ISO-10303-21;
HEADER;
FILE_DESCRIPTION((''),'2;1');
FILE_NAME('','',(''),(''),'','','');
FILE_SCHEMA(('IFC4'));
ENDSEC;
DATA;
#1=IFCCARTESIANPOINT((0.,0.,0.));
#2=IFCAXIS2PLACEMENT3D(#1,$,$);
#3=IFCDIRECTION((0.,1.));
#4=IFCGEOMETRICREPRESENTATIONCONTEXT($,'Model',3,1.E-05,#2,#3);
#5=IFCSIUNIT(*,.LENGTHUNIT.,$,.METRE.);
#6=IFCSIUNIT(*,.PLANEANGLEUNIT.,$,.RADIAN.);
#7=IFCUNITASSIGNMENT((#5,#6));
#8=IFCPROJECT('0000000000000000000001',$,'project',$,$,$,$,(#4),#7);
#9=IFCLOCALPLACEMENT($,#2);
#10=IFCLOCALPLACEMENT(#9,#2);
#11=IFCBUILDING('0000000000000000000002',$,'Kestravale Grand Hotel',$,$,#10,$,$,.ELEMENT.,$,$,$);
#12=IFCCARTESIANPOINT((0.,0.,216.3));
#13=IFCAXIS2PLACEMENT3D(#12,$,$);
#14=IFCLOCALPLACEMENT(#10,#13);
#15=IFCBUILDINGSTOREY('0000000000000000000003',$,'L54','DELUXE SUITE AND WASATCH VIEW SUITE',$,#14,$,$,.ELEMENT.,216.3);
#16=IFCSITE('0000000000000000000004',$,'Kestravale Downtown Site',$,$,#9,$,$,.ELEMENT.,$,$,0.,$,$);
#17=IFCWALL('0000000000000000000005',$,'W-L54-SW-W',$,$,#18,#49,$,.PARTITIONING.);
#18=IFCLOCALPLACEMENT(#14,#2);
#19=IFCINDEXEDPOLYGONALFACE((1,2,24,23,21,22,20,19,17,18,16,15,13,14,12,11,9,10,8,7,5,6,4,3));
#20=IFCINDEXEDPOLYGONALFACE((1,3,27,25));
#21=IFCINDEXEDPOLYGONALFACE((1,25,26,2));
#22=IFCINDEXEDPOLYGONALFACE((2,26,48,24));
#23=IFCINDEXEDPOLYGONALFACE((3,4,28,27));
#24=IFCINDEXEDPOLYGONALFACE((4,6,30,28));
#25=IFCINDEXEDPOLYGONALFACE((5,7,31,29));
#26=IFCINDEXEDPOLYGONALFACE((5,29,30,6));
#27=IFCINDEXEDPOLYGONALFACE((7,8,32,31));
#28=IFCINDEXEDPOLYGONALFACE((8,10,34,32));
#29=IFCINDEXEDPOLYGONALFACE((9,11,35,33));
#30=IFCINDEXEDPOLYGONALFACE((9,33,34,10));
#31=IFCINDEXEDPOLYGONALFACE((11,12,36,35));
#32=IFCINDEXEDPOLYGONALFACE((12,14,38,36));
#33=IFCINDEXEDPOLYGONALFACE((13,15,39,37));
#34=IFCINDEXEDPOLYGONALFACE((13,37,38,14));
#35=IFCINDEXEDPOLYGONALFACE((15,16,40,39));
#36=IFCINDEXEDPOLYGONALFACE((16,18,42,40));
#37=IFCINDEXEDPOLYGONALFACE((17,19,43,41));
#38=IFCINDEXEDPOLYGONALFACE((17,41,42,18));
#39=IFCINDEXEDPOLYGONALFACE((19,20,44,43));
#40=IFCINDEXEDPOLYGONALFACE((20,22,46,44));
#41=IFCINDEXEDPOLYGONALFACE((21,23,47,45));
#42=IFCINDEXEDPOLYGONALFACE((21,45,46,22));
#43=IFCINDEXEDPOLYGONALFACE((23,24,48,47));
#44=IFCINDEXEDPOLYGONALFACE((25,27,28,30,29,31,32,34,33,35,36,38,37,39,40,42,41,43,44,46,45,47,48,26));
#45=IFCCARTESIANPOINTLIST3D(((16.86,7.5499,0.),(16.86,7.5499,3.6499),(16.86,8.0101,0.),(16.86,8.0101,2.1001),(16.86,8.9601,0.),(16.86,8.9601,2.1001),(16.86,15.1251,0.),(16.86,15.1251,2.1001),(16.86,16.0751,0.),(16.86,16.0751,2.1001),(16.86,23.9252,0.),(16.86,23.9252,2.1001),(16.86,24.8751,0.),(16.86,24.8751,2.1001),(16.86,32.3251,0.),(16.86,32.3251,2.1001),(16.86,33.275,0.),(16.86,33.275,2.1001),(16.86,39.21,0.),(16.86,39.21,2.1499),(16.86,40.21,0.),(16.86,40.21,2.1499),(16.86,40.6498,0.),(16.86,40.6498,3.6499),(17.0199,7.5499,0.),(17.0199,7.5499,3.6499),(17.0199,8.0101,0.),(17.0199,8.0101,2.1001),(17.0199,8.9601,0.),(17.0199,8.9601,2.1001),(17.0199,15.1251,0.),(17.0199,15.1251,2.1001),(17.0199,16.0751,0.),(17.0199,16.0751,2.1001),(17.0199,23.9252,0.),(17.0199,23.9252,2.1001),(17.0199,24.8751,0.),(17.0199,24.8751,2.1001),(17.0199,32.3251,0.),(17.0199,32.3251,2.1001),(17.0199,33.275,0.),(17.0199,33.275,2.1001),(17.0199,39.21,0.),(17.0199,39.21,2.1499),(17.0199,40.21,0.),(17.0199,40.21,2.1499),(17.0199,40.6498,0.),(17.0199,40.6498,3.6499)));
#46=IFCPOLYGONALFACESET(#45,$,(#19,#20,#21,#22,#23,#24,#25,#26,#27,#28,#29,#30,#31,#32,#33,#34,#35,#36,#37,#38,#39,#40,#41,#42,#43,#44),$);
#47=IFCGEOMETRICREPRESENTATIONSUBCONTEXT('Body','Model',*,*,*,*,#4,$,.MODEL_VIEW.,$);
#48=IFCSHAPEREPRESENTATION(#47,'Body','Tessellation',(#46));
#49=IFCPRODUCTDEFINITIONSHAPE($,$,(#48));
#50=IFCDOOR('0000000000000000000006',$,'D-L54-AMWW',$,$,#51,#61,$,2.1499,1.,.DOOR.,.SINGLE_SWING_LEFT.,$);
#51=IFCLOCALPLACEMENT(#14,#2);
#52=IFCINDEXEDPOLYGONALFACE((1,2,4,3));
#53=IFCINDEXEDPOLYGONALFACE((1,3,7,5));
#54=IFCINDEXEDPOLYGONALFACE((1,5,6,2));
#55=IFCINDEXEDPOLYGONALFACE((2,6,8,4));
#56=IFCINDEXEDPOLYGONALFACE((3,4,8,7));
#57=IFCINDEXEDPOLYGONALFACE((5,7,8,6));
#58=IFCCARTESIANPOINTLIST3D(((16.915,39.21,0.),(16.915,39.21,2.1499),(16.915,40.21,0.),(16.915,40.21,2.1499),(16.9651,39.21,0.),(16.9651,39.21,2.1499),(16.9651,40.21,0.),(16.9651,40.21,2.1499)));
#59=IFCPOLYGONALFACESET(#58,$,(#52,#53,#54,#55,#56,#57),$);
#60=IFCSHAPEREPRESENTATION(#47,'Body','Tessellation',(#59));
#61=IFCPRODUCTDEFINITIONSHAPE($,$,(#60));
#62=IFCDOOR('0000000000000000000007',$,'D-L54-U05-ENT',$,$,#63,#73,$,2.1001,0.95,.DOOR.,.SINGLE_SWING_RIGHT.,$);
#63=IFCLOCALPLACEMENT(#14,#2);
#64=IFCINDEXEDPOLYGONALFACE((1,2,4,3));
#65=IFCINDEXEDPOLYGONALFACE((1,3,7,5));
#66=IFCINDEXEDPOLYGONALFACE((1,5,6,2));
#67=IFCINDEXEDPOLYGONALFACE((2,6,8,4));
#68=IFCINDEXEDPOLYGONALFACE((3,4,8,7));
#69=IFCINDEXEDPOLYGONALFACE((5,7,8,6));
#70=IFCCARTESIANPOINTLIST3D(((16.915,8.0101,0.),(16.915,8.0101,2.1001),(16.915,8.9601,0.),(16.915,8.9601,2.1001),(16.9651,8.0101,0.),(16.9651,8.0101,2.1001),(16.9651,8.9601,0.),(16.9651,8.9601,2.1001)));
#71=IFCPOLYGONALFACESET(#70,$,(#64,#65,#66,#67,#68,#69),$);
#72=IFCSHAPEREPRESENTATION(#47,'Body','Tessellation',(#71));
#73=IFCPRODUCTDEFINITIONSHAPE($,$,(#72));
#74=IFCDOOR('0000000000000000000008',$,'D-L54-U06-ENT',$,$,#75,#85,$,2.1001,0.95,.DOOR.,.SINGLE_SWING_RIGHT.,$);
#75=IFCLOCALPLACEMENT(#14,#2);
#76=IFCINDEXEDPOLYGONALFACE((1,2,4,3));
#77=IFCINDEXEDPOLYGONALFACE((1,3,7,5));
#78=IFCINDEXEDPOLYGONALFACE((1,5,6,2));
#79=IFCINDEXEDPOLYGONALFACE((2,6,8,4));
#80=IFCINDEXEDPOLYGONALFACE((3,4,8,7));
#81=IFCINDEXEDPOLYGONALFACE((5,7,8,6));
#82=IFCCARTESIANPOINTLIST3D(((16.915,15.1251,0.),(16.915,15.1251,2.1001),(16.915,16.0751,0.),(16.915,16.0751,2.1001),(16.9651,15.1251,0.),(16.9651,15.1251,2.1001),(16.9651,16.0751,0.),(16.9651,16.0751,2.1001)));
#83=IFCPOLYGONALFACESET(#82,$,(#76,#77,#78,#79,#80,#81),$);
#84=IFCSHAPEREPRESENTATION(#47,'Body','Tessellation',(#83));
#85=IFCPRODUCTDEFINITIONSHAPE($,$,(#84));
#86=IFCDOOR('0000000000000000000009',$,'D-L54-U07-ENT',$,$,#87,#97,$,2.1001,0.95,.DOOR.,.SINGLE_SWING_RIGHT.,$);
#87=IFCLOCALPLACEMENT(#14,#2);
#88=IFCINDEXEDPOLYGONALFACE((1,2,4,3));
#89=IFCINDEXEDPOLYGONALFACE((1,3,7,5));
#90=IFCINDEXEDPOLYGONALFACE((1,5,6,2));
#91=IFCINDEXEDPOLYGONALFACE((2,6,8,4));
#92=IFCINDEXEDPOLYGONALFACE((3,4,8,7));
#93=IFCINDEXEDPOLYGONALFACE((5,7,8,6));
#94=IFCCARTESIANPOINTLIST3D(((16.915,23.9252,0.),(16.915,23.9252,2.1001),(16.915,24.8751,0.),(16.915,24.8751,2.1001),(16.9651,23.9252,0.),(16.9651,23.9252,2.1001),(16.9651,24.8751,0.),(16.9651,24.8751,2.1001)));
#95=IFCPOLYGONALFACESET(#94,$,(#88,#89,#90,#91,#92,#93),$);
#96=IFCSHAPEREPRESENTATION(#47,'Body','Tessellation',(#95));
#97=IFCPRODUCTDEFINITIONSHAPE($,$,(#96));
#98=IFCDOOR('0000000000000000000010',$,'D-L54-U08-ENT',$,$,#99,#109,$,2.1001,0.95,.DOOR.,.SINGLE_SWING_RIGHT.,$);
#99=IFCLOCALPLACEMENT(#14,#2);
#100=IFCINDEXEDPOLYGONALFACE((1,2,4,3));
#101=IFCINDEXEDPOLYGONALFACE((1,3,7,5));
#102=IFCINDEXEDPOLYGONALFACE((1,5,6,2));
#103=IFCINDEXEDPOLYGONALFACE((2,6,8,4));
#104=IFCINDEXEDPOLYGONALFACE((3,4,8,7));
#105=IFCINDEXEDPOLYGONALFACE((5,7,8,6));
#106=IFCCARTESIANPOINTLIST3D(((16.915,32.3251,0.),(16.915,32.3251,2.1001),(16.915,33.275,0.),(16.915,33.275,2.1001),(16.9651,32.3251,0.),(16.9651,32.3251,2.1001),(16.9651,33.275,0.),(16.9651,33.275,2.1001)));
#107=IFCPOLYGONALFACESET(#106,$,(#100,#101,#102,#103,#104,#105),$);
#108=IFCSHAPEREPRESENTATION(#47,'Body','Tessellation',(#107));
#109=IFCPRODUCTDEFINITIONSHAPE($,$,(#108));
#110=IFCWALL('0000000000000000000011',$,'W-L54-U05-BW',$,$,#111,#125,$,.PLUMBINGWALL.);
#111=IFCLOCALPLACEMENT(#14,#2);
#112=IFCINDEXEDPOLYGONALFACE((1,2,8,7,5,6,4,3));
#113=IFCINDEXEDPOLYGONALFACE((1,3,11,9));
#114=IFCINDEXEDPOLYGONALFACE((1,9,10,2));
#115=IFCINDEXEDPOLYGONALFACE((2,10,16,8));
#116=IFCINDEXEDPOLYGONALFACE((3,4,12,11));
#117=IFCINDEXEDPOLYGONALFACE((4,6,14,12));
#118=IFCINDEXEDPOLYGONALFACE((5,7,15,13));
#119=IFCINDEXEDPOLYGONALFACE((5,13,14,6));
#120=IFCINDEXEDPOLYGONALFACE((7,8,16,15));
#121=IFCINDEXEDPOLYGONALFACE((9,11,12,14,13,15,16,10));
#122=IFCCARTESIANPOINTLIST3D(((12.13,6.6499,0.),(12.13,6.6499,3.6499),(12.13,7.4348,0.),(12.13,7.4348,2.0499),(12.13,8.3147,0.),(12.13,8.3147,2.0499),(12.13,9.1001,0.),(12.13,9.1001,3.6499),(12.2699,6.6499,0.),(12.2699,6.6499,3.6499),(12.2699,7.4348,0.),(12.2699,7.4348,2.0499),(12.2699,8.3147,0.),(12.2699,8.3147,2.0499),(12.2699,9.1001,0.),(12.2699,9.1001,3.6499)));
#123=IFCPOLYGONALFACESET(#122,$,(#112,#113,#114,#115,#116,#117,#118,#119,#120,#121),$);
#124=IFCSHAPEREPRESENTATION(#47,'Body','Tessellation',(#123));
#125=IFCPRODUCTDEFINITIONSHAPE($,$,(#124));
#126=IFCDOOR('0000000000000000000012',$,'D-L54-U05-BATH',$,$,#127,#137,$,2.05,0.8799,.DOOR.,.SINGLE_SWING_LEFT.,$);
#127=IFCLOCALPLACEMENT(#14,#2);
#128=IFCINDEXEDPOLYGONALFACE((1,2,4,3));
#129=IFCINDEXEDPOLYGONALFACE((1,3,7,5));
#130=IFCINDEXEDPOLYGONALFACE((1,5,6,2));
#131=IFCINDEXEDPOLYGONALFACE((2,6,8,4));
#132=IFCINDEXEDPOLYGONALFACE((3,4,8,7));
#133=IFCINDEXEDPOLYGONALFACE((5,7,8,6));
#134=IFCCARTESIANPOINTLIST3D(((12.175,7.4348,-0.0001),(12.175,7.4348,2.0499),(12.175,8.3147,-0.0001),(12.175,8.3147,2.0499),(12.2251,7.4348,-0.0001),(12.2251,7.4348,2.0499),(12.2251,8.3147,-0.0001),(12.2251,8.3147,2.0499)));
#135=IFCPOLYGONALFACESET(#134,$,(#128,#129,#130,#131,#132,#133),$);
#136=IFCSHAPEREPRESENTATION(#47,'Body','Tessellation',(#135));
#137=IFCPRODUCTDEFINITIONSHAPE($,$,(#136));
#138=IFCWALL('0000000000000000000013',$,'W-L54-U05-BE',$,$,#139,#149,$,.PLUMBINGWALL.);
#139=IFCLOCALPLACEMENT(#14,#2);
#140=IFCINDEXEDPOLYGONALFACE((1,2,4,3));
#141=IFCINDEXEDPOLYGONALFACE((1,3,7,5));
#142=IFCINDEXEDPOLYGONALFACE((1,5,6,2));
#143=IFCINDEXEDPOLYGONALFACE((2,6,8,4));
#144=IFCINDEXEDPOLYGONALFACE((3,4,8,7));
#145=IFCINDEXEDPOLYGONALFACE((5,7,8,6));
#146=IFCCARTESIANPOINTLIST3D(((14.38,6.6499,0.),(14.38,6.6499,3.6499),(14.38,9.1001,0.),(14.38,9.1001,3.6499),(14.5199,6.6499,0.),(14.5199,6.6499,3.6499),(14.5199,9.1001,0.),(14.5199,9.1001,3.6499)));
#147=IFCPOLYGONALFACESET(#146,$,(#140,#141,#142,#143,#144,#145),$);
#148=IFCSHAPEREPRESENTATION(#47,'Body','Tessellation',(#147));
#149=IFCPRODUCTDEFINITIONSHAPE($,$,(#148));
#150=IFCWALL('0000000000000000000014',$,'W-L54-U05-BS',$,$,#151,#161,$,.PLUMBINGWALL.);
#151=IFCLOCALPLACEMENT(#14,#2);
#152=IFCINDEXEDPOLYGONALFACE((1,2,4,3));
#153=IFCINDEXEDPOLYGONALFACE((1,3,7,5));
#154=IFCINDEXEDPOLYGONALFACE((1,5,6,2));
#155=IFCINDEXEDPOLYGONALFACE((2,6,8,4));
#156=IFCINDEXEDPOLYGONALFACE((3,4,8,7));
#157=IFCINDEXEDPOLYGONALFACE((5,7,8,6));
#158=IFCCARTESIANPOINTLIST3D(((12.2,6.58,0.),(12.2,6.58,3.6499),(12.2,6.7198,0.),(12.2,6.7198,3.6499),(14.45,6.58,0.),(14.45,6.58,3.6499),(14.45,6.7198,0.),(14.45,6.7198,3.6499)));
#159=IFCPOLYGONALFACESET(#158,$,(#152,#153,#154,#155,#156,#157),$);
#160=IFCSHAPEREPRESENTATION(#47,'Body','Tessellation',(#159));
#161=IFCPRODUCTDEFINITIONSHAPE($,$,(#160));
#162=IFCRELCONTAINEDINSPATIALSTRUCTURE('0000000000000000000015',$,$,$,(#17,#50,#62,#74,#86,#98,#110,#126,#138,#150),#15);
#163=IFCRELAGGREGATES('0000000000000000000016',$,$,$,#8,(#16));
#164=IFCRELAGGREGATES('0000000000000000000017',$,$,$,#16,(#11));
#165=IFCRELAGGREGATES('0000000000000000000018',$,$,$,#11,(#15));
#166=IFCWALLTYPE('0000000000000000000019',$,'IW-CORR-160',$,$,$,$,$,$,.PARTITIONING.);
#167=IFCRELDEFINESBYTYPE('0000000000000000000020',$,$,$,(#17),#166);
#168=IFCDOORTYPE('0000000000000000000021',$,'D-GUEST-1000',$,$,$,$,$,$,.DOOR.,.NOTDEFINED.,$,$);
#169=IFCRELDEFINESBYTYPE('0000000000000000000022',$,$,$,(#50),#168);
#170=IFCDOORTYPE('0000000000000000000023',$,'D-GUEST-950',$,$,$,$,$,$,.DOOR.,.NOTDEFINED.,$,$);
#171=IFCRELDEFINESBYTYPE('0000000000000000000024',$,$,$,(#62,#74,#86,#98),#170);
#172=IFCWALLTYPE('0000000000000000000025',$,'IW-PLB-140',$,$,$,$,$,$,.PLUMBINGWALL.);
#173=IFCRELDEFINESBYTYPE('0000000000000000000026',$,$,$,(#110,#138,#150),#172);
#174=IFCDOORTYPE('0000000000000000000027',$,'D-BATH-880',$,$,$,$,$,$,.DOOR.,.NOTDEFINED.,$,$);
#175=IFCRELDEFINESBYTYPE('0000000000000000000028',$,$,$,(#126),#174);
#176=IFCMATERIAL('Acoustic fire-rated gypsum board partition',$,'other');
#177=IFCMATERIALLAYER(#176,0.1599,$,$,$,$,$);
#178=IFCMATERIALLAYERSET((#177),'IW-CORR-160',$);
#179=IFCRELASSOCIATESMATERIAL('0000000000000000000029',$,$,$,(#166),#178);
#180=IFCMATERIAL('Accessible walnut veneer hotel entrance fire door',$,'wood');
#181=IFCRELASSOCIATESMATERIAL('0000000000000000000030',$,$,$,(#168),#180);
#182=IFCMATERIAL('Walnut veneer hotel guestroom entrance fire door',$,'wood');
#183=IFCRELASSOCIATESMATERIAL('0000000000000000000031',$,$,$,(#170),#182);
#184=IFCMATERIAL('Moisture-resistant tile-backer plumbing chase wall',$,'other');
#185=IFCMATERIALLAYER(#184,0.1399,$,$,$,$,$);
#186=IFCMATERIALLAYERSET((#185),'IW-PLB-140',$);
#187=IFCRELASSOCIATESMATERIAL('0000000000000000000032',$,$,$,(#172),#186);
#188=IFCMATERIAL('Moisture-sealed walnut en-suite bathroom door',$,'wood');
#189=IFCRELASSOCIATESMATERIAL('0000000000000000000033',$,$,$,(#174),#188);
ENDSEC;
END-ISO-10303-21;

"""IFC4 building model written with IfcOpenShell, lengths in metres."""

from ifc_helpers import new_model, si_unit, direction, frame, frame_2d, origin, place, context, subcontext, project, spatial, rectangle, extrude, material, layer, layer_set, type_object, element, fill, save


model = new_model("IFC4")

# Units and contexts
model_context = context("Model", 3, precision=1e-05, world=origin(), true_north=direction((0.0, 1.0)))
body_context = subcontext(model_context, "Body", "Model", "MODEL_VIEW")
ifc_project = project(units=[si_unit("LENGTHUNIT", "METRE"), si_unit("PLANEANGLEUNIT", "RADIAN")], contexts=[model_context])

# Site, building, storey
site_placement = place(None, origin())
site = spatial("IfcSite", under=ifc_project, at=site_placement, Name="Kestravale Downtown Site", CompositionType="ELEMENT", RefElevation=0.0)
building_placement = place(site_placement, origin())
building = spatial("IfcBuilding", under=site, at=building_placement, Name="Kestravale Grand Hotel", CompositionType="ELEMENT")
storey_placement = place(building_placement, frame((0.0, 0.0, 216.3)))
storey = spatial("IfcBuildingStorey", under=building, at=storey_placement, Name="L54", Description="DELUXE SUITE AND WASATCH VIEW SUITE", CompositionType="ELEMENT", Elevation=216.3)

# Wall, openings, doors
ifc_material_1 = material(Name="Acoustic fire-rated gypsum board partition", Category="other")
ifc_layer_1 = layer(ifc_material_1, 0.1599)
ifc_layer_set_1 = layer_set([ifc_layer_1], Name="IW-CORR-160")
wall_type_1 = type_object("IfcWallType", Name="IW-CORR-160", PredefinedType="PARTITIONING", material=ifc_layer_set_1)
wall_1_placement = place(storey_placement, frame((16.9399, 7.55, 0.0), z_axis=(0.0, 0.0, 1.0), x_axis=(0.0, 1.0, 0.0)))
wall_1 = element("IfcWall", 1, at=wall_1_placement, inside=storey, type_object=wall_type_1, Name="W-L54-SW-W", PredefinedType="PARTITIONING", context=body_context, shape_type="SweptSolid", body=[
    extrude(rectangle(XDim=33.0999, YDim=0.1599, at=frame_2d((16.5498, 0.0))), origin(), (0.0, 0.0, 1.0), 3.6499),
])
opening_1_placement = place(wall_1_placement, frame((0.46, 0.0, 0.0)))
opening_1 = element("IfcOpeningElement", 2, at=opening_1_placement, cuts=wall_1, PredefinedType="OPENING", context=body_context, shape_type="SweptSolid", body=[
    extrude(rectangle(XDim=0.95, YDim=2.1001, at=frame_2d((0.4751, 1.05))), frame((0.0, 0.0898, 0.0), z_axis=(0.0, -1.0, 0.0), x_axis=(1.0, 0.0, 0.0)), (0.0, 0.0, 1.0), 0.1799),
])
opening_2_placement = place(wall_1_placement, frame((7.575, 0.0, 0.0)))
opening_2 = element("IfcOpeningElement", 3, at=opening_2_placement, cuts=wall_1, PredefinedType="OPENING", context=body_context, shape_type="SweptSolid", body=[
    extrude(rectangle(XDim=0.95, YDim=2.1001, at=frame_2d((0.4751, 1.05))), frame((0.0, 0.0898, 0.0), z_axis=(0.0, -1.0, 0.0), x_axis=(1.0, 0.0, 0.0)), (0.0, 0.0, 1.0), 0.1799),
])
opening_3_placement = place(wall_1_placement, frame((16.375, 0.0, 0.0)))
opening_3 = element("IfcOpeningElement", 4, at=opening_3_placement, cuts=wall_1, PredefinedType="OPENING", context=body_context, shape_type="SweptSolid", body=[
    extrude(rectangle(XDim=0.95, YDim=2.1001, at=frame_2d((0.4751, 1.05))), frame((0.0, 0.0898, 0.0), z_axis=(0.0, -1.0, 0.0), x_axis=(1.0, 0.0, 0.0)), (0.0, 0.0, 1.0), 0.1799),
])
opening_4_placement = place(wall_1_placement, frame((24.7749, 0.0, 0.0)))
opening_4 = element("IfcOpeningElement", 5, at=opening_4_placement, cuts=wall_1, PredefinedType="OPENING", context=body_context, shape_type="SweptSolid", body=[
    extrude(rectangle(XDim=0.95, YDim=2.1001, at=frame_2d((0.4751, 1.05))), frame((0.0, 0.0898, 0.0), z_axis=(0.0, -1.0, 0.0), x_axis=(1.0, 0.0, 0.0)), (0.0, 0.0, 1.0), 0.1799),
])
opening_5_placement = place(wall_1_placement, frame((31.6599, 0.0, 0.0)))
opening_5 = element("IfcOpeningElement", 6, at=opening_5_placement, cuts=wall_1, PredefinedType="OPENING", context=body_context, shape_type="SweptSolid", body=[
    extrude(rectangle(XDim=1.0, YDim=2.1499, at=frame_2d((0.5, 1.075))), frame((0.0, 0.0898, 0.0), z_axis=(0.0, -1.0, 0.0), x_axis=(1.0, 0.0, 0.0)), (0.0, 0.0, 1.0), 0.1799),
])
ifc_material_2 = material(Name="Accessible walnut veneer hotel entrance fire door", Category="wood")
door_type_1 = type_object("IfcDoorType", Name="D-GUEST-1000", OperationType="NOTDEFINED", PredefinedType="DOOR", material=ifc_material_2)
door_1_placement = place(opening_5_placement, origin())
door_1 = element("IfcDoor", 7, at=door_1_placement, inside=storey, type_object=door_type_1, Name="D-L54-AMWW", OperationType="SINGLE_SWING_LEFT", OverallHeight=2.1499, OverallWidth=1.0, PredefinedType="DOOR", context=body_context, shape_type="SweptSolid", body=[
    extrude(rectangle(XDim=1.0, YDim=2.1499, at=frame_2d((0.5, 1.075))), frame((0.0, 0.0249, 0.0), z_axis=(0.0, -1.0, 0.0), x_axis=(1.0, 0.0, 0.0)), (0.0, 0.0, 1.0), 0.05),
])
fill(opening_5, door_1)
ifc_material_3 = material(Name="Walnut veneer hotel guestroom entrance fire door", Category="wood")
door_type_2 = type_object("IfcDoorType", Name="D-GUEST-950", OperationType="NOTDEFINED", PredefinedType="DOOR", material=ifc_material_3)
door_2_placement = place(opening_1_placement, origin())
door_2 = element("IfcDoor", 8, at=door_2_placement, inside=storey, type_object=door_type_2, Name="D-L54-U05-ENT", OperationType="SINGLE_SWING_RIGHT", OverallHeight=2.1001, OverallWidth=0.95, PredefinedType="DOOR", context=body_context, shape_type="SweptSolid", body=[
    extrude(rectangle(XDim=0.95, YDim=2.1001, at=frame_2d((0.4751, 1.05))), frame((0.0, 0.0249, 0.0), z_axis=(0.0, -1.0, 0.0), x_axis=(1.0, 0.0, 0.0)), (0.0, 0.0, 1.0), 0.05),
])
fill(opening_1, door_2)
door_3_placement = place(opening_2_placement, origin())
door_3 = element("IfcDoor", 9, at=door_3_placement, inside=storey, type_object=door_type_2, Name="D-L54-U06-ENT", OperationType="SINGLE_SWING_RIGHT", OverallHeight=2.1001, OverallWidth=0.95, PredefinedType="DOOR", context=body_context, shape_type="SweptSolid", body=[
    extrude(rectangle(XDim=0.95, YDim=2.1001, at=frame_2d((0.4751, 1.05))), frame((0.0, 0.0249, 0.0), z_axis=(0.0, -1.0, 0.0), x_axis=(1.0, 0.0, 0.0)), (0.0, 0.0, 1.0), 0.05),
])
fill(opening_2, door_3)
door_4_placement = place(opening_3_placement, origin())
door_4 = element("IfcDoor", 10, at=door_4_placement, inside=storey, type_object=door_type_2, Name="D-L54-U07-ENT", OperationType="SINGLE_SWING_RIGHT", OverallHeight=2.1001, OverallWidth=0.95, PredefinedType="DOOR", context=body_context, shape_type="SweptSolid", body=[
    extrude(rectangle(XDim=0.95, YDim=2.1001, at=frame_2d((0.4751, 1.05))), frame((0.0, 0.0249, 0.0), z_axis=(0.0, -1.0, 0.0), x_axis=(1.0, 0.0, 0.0)), (0.0, 0.0, 1.0), 0.05),
])
fill(opening_3, door_4)
door_5_placement = place(opening_4_placement, origin())
door_5 = element("IfcDoor", 11, at=door_5_placement, inside=storey, type_object=door_type_2, Name="D-L54-U08-ENT", OperationType="SINGLE_SWING_RIGHT", OverallHeight=2.1001, OverallWidth=0.95, PredefinedType="DOOR", context=body_context, shape_type="SweptSolid", body=[
    extrude(rectangle(XDim=0.95, YDim=2.1001, at=frame_2d((0.4751, 1.05))), frame((0.0, 0.0249, 0.0), z_axis=(0.0, -1.0, 0.0), x_axis=(1.0, 0.0, 0.0)), (0.0, 0.0, 1.0), 0.05),
])
fill(opening_4, door_5)

# Wall, opening, door
ifc_material_4 = material(Name="Moisture-resistant tile-backer plumbing chase wall", Category="other")
ifc_layer_2 = layer(ifc_material_4, 0.1399)
ifc_layer_set_2 = layer_set([ifc_layer_2], Name="IW-PLB-140")
wall_type_2 = type_object("IfcWallType", Name="IW-PLB-140", PredefinedType="PLUMBINGWALL", material=ifc_layer_set_2)
wall_2_placement = place(storey_placement, frame((12.2, 6.6499, 0.0), z_axis=(0.0, 0.0, 1.0), x_axis=(0.0, 1.0, 0.0)))
wall_2 = element("IfcWall", 12, at=wall_2_placement, inside=storey, type_object=wall_type_2, Name="W-L54-U05-BW", PredefinedType="PLUMBINGWALL", context=body_context, shape_type="SweptSolid", body=[
    extrude(rectangle(XDim=2.4502, YDim=0.1399, at=frame_2d((1.2251, 0.0))), origin(), (0.0, 0.0, 1.0), 3.6499),
])
opening_6_placement = place(wall_2_placement, frame((0.7849, 0.0, 0.0)))
opening_6 = element("IfcOpeningElement", 13, at=opening_6_placement, cuts=wall_2, PredefinedType="OPENING", context=body_context, shape_type="SweptSolid", body=[
    extrude(rectangle(XDim=0.8799, YDim=2.05, at=frame_2d((0.4399, 1.0249))), frame((0.0, 0.0798, 0.0), z_axis=(0.0, -1.0, 0.0), x_axis=(1.0, 0.0, 0.0)), (0.0, 0.0, 1.0), 0.1599),
])
ifc_material_5 = material(Name="Moisture-sealed walnut en-suite bathroom door", Category="wood")
door_type_3 = type_object("IfcDoorType", Name="D-BATH-880", OperationType="NOTDEFINED", PredefinedType="DOOR", material=ifc_material_5)
door_6_placement = place(opening_6_placement, origin())
door_6 = element("IfcDoor", 14, at=door_6_placement, inside=storey, type_object=door_type_3, Name="D-L54-U05-BATH", OperationType="SINGLE_SWING_LEFT", OverallHeight=2.05, OverallWidth=0.8799, PredefinedType="DOOR", context=body_context, shape_type="SweptSolid", body=[
    extrude(rectangle(XDim=0.8799, YDim=2.05, at=frame_2d((0.4399, 1.0249))), frame((0.0, 0.0249, 0.0), z_axis=(0.0, -1.0, 0.0), x_axis=(1.0, 0.0, 0.0)), (0.0, 0.0, 1.0), 0.05),
])
fill(opening_6, door_6)

# Walls
wall_3_placement = place(storey_placement, frame((14.45, 6.6499, 0.0), z_axis=(0.0, 0.0, 1.0), x_axis=(0.0, 1.0, 0.0)))
element("IfcWall", 15, at=wall_3_placement, inside=storey, type_object=wall_type_2, Name="W-L54-U05-BE", PredefinedType="PLUMBINGWALL", context=body_context, shape_type="SweptSolid", body=[
    extrude(rectangle(XDim=2.4502, YDim=0.1399, at=frame_2d((1.2251, 0.0))), origin(), (0.0, 0.0, 1.0), 3.6499),
])
for number, where, z_axis, x_axis, name in (
    (16, (12.2, 6.6499, 0.0), (0.0, 0.0, 1.0), (1.0, 0.0, 0.0), "W-L54-U05-BS"),
):
    element("IfcWall", number, at=place(storey_placement, frame(where, z_axis=z_axis, x_axis=x_axis)), inside=storey, type_object=wall_type_2, Name=name, PredefinedType="PLUMBINGWALL", context=body_context, shape_type="SweptSolid", body=[
        extrude(rectangle(XDim=2.25, YDim=0.1399, at=frame_2d((1.125, 0.0))), origin(), (0.0, 0.0, 1.0), 3.6499),
    ])

save(model, "model.ifc")
